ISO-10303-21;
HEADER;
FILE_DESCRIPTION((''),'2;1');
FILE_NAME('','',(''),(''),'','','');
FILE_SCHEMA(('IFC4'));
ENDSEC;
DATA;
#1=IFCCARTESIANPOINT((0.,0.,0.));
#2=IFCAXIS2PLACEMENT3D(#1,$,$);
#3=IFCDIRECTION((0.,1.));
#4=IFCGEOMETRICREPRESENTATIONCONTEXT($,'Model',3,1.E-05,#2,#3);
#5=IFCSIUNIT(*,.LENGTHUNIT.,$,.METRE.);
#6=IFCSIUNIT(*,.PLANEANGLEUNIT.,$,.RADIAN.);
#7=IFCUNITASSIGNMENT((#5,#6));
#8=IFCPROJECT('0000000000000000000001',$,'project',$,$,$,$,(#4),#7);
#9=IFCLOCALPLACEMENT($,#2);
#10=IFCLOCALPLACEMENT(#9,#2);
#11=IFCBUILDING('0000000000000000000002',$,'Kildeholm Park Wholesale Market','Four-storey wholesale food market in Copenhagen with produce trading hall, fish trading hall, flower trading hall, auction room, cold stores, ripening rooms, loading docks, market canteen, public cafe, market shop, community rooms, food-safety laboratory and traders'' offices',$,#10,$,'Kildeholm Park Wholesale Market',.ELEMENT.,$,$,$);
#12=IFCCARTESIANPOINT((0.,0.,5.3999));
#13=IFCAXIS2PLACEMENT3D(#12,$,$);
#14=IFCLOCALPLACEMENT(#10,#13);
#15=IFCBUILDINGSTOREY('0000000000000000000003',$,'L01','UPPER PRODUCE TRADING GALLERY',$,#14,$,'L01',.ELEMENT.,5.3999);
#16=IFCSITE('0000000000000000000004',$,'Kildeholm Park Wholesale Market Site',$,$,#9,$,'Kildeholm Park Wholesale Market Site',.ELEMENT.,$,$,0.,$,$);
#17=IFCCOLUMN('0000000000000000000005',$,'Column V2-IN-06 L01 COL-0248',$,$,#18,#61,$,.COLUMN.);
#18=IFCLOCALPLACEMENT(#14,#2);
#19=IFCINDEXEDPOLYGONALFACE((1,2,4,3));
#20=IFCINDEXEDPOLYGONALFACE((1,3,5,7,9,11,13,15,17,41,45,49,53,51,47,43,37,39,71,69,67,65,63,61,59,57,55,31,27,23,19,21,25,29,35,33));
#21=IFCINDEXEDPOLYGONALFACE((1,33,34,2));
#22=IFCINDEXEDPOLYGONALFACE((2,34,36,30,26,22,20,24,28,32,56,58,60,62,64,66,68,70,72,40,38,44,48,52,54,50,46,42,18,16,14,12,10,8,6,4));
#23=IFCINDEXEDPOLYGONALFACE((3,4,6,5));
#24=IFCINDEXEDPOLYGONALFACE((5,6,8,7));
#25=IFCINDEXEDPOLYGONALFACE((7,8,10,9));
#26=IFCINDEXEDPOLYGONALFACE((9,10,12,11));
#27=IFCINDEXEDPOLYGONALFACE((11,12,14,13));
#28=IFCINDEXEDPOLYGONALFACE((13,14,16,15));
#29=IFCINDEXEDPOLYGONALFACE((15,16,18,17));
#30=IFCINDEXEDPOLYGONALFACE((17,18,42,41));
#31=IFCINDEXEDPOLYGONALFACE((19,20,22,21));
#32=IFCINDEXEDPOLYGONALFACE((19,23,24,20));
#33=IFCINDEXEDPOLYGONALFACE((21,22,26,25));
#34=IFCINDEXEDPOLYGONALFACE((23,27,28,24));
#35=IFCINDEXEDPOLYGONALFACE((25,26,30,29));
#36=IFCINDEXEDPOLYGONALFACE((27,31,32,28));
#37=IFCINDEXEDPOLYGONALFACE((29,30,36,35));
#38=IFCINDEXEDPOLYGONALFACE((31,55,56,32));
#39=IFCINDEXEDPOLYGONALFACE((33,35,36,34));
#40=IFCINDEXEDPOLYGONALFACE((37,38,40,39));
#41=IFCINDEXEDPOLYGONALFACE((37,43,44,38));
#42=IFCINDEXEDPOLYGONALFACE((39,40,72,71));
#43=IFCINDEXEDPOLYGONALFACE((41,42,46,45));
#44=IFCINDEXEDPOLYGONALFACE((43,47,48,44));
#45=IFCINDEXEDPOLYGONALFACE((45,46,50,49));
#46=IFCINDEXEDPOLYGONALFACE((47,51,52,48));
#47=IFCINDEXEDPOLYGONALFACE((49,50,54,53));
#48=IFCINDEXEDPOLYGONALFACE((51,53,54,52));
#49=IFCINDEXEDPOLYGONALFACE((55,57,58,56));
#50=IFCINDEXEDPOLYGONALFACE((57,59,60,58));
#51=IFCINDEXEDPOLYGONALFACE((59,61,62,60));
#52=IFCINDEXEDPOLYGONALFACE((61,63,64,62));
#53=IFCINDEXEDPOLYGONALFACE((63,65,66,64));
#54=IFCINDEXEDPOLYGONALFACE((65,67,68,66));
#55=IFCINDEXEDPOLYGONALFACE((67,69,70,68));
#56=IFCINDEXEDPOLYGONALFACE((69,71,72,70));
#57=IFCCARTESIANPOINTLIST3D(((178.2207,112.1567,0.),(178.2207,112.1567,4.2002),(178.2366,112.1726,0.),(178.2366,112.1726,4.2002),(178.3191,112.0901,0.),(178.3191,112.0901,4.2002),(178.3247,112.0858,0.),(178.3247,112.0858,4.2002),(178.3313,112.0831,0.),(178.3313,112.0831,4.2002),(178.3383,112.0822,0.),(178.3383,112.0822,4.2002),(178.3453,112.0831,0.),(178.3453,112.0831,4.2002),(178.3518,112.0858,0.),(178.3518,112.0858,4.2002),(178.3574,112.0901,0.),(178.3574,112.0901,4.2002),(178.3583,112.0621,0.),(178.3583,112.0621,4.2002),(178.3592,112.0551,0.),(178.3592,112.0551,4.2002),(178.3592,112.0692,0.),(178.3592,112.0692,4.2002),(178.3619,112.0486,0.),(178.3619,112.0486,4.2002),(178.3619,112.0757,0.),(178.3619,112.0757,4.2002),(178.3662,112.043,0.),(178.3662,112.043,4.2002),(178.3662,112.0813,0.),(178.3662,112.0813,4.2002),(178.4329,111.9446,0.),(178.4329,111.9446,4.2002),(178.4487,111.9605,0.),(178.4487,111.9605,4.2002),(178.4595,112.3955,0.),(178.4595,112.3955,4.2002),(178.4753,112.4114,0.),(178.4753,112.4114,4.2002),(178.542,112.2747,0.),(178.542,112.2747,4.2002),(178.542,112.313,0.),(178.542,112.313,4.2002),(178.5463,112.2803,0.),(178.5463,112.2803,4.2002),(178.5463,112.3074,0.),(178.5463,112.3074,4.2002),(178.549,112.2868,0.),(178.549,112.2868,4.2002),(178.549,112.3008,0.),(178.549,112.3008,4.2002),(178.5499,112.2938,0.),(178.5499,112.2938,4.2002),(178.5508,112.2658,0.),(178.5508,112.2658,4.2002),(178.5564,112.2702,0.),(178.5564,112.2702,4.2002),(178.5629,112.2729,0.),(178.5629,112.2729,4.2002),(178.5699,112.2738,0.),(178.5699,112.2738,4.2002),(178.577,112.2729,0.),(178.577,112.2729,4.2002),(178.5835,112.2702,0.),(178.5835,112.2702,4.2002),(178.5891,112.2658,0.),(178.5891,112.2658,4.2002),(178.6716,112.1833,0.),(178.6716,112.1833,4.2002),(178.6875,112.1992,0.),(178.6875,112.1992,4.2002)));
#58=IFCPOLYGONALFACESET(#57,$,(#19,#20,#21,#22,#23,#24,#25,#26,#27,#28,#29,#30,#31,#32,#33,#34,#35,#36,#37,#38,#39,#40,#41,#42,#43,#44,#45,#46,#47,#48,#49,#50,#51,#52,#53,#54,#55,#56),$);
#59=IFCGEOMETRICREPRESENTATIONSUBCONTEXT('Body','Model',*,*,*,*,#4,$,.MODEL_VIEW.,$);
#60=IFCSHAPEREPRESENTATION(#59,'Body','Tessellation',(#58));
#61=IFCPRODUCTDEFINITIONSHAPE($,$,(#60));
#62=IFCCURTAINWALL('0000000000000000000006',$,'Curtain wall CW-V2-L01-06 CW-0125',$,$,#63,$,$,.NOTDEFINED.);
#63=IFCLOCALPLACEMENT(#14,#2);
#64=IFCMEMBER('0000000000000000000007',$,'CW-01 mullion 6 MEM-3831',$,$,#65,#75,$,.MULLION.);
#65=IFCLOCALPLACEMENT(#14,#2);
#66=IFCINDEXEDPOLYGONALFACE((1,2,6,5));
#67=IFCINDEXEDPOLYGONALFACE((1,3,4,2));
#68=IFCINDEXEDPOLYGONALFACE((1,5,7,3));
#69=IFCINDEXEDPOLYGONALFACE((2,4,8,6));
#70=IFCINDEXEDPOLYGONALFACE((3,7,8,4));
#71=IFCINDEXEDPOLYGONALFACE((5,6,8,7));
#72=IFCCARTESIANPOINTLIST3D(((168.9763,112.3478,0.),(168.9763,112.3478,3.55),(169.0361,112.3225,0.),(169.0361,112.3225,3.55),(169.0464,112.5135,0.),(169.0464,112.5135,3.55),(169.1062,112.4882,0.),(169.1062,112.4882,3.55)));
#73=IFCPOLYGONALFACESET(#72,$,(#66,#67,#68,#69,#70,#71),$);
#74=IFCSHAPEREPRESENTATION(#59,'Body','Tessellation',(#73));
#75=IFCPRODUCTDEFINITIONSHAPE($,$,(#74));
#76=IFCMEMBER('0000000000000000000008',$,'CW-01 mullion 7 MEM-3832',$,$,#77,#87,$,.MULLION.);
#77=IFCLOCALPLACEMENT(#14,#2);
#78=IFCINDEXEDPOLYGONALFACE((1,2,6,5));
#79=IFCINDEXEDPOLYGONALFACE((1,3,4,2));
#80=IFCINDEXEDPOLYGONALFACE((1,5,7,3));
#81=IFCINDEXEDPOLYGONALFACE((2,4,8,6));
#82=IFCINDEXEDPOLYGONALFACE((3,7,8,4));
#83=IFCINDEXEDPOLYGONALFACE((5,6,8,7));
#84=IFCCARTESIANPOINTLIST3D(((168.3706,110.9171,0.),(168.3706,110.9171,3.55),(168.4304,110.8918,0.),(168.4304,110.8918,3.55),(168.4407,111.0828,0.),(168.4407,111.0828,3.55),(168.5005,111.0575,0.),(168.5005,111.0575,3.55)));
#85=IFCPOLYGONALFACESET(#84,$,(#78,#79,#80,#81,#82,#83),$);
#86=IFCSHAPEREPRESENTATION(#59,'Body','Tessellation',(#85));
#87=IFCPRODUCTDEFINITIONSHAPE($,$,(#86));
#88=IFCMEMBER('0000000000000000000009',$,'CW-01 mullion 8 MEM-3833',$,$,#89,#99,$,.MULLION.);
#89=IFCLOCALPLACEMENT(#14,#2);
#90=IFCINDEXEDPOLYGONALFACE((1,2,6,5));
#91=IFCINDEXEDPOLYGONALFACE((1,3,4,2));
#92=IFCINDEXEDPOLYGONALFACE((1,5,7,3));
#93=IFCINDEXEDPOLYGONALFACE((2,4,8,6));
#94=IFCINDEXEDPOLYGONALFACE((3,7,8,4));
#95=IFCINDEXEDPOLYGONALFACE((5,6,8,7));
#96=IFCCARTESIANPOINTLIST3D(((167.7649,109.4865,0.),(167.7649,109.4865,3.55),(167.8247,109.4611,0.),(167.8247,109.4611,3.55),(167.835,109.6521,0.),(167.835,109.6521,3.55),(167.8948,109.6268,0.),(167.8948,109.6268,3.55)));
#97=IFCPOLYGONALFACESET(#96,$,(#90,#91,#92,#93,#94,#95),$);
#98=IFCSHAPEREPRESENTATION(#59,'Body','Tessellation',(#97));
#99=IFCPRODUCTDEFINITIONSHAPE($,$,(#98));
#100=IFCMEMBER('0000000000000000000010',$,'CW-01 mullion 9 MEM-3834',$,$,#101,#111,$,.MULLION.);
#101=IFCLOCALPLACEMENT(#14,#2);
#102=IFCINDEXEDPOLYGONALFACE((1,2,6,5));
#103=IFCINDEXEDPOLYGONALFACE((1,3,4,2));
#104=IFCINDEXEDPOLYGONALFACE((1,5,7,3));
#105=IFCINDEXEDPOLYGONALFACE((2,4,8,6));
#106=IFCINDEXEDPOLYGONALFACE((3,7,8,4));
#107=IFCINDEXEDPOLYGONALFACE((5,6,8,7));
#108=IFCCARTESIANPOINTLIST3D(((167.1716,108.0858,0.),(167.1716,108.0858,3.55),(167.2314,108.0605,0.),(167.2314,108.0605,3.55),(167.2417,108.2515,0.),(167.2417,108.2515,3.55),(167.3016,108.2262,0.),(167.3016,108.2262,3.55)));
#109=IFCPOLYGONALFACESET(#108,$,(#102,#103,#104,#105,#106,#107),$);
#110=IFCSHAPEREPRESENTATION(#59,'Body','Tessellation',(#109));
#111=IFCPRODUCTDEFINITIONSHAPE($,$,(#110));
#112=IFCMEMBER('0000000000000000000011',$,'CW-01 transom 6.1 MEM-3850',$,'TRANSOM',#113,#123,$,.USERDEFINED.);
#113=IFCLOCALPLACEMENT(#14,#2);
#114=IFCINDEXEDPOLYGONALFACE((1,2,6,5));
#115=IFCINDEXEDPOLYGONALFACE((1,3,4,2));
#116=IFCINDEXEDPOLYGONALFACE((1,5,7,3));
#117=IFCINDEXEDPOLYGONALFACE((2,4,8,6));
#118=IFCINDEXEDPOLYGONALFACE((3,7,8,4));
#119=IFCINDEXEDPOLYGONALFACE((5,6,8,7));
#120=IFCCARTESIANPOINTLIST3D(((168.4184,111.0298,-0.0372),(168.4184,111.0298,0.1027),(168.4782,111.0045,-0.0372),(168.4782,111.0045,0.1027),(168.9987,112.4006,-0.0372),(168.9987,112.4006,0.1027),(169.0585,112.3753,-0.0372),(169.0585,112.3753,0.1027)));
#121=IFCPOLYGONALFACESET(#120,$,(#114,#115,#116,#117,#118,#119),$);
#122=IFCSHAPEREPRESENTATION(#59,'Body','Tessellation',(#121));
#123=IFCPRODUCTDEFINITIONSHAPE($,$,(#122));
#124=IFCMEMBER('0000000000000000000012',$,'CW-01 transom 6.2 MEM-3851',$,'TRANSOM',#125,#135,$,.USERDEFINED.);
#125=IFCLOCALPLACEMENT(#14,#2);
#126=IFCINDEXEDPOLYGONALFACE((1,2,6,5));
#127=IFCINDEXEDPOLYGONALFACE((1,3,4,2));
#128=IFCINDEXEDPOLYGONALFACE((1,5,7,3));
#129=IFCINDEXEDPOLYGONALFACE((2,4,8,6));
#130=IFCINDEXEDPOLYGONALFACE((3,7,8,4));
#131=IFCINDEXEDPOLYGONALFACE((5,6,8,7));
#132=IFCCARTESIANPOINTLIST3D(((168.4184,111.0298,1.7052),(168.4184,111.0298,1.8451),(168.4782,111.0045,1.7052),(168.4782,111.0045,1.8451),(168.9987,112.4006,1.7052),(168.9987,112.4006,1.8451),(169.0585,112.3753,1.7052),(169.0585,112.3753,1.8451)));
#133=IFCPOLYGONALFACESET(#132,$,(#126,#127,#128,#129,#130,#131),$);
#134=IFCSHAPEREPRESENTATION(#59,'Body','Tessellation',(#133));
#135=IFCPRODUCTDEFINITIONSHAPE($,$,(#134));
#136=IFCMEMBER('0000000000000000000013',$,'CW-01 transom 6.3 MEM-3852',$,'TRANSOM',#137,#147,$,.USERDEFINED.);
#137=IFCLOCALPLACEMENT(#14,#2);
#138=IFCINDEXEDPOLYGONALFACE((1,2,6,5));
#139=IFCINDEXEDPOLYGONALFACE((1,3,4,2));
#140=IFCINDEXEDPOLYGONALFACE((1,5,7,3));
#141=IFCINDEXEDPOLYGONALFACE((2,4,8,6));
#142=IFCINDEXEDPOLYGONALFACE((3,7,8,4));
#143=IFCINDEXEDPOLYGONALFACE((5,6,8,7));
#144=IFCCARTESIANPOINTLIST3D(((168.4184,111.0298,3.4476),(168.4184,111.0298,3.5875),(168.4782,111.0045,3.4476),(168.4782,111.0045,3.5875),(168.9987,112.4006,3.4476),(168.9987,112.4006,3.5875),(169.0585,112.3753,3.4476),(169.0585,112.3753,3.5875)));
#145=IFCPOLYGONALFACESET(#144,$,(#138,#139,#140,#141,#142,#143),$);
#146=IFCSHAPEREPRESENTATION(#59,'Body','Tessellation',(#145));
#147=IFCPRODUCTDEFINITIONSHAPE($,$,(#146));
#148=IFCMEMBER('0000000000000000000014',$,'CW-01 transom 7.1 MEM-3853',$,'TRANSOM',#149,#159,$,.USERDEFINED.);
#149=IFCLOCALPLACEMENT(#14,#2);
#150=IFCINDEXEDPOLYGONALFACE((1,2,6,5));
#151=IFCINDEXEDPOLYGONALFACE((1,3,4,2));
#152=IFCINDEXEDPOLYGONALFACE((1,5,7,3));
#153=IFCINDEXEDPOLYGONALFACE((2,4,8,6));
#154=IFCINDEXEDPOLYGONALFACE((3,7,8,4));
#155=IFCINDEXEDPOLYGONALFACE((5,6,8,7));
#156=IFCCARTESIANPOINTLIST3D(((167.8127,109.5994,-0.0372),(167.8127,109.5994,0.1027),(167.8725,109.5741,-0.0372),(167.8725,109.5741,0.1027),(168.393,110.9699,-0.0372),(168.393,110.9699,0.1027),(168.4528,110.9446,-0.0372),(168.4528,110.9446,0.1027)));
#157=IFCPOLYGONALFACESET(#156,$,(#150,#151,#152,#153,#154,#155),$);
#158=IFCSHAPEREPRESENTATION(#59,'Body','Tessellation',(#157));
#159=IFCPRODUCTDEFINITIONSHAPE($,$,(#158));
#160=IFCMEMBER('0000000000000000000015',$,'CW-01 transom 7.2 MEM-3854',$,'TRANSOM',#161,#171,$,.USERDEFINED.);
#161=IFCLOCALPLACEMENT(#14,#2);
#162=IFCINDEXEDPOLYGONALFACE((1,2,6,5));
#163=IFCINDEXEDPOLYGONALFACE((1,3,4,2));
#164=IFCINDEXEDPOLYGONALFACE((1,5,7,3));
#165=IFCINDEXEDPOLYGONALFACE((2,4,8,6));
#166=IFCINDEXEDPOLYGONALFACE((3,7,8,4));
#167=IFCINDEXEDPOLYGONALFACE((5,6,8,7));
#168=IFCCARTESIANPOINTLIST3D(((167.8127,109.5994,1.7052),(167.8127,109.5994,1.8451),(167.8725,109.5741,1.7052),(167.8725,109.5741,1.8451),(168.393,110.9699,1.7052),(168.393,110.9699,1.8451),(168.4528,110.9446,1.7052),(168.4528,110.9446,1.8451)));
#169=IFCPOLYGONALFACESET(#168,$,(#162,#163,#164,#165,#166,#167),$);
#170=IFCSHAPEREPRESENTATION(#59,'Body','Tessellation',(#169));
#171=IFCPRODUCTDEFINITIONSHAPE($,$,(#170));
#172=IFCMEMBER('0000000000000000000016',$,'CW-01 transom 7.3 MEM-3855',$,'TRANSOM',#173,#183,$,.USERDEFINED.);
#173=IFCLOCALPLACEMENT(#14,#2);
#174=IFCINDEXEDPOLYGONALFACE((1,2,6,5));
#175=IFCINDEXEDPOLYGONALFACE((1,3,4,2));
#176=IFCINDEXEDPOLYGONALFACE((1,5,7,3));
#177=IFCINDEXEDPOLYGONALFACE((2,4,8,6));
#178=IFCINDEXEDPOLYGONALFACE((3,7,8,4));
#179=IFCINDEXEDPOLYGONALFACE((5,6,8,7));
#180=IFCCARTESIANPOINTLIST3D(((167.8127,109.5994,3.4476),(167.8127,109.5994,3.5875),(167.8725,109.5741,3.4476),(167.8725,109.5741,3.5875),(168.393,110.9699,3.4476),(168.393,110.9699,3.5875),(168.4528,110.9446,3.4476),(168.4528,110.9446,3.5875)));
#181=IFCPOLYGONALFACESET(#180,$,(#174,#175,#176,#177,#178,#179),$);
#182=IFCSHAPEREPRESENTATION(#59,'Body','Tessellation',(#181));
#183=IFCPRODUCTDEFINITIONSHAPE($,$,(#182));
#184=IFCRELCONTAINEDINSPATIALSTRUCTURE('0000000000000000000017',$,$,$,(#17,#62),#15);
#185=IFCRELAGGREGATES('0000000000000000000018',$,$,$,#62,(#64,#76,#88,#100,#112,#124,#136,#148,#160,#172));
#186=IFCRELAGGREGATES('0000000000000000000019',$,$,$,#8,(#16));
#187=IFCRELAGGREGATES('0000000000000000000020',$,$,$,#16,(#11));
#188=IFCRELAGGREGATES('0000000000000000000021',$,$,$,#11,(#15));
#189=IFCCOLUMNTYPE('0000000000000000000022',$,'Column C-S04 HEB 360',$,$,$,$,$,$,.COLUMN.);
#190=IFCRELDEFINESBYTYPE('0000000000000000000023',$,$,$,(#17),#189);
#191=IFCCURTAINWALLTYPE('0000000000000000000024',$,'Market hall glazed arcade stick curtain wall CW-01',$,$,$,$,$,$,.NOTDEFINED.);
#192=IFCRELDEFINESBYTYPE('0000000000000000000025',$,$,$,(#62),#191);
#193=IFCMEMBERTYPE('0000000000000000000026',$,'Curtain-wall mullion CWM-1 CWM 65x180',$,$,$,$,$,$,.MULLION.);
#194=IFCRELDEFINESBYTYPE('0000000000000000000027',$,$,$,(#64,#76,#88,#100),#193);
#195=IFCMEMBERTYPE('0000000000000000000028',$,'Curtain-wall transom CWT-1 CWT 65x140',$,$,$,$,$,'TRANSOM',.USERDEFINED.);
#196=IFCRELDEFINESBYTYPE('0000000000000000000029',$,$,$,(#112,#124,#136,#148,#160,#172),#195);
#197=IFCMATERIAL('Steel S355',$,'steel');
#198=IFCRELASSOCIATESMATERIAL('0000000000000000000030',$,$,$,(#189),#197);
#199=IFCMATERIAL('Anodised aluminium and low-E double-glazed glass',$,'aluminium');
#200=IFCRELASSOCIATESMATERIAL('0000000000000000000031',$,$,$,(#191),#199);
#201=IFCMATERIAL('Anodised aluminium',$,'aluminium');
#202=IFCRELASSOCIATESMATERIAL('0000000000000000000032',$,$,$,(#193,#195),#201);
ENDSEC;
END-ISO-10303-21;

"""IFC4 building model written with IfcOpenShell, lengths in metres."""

from ifc_helpers import new_model, si_unit, direction, frame, origin, origin_2d, place, context, subcontext, project, spatial, rectangle, i_section, extrude, material, material_profile, profile_set, type_object, element, aggregate, save


model = new_model("IFC4")

# Units and contexts
model_context = context("Model", 3, precision=1e-05, world=origin(), true_north=direction((0.0, 1.0)))
body_context = subcontext(model_context, "Body", "Model", "MODEL_VIEW")
ifc_project = project(units=[si_unit("LENGTHUNIT", "METRE"), si_unit("PLANEANGLEUNIT", "RADIAN")], contexts=[model_context])

# Site, building, storey
site_placement = place(None, origin())
site = spatial("IfcSite", under=ifc_project, at=site_placement, Name="Kildeholm Park Wholesale Market Site", LongName="Kildeholm Park Wholesale Market Site", CompositionType="ELEMENT", RefElevation=0.0)
building_placement = place(site_placement, origin())
building = spatial("IfcBuilding", under=site, at=building_placement, Name="Kildeholm Park Wholesale Market", Description="Four-storey wholesale food market in Copenhagen with produce trading hall, fish trading hall, flower trading hall, auction room, cold stores, ripening rooms, loading docks, market canteen, public cafe, market shop, community rooms, food-safety laboratory and traders' offices", LongName="Kildeholm Park Wholesale Market", CompositionType="ELEMENT")
storey_placement = place(building_placement, frame((0.0, 0.0, 5.3999)))
storey = spatial("IfcBuildingStorey", under=building, at=storey_placement, Name="L01", Description="UPPER PRODUCE TRADING GALLERY", LongName="L01", CompositionType="ELEMENT", Elevation=5.3999)

# Column
ifc_material_1 = material(Name="Steel S355", Category="steel")
ifc_material_profile_1 = material_profile(ifc_material_1, i_section(OverallWidth=0.3, OverallDepth=0.3601, WebThickness=0.0125, FlangeThickness=0.0225, FilletRadius=0.0271, at=origin_2d()), Name="HEB 360")
ifc_profile_set_1 = profile_set([ifc_material_profile_1], Name="Steel S355")
column_type = type_object("IfcColumnType", Name="Column C-S04 HEB 360", PredefinedType="COLUMN", material=ifc_profile_set_1)
column_placement = place(storey_placement, frame((178.4541, 112.178, 0.0), z_axis=(0.0, 0.0, 1.0), x_axis=(-0.707107, 0.707107, 0.0)))
element("IfcColumn", 1, at=column_placement, inside=storey, type_object=column_type, Name="Column V2-IN-06 L01 COL-0248", PredefinedType="COLUMN", context=body_context, shape_type="SweptSolid", body=[
    extrude(i_section(OverallWidth=0.3, OverallDepth=0.3601, WebThickness=0.0125, FlangeThickness=0.0225, FilletRadius=0.0271, at=origin_2d()), origin(), (0.0, 0.0, 1.0), 4.2002),
])

# Curtain wall, members
ifc_material_2 = material(Name="Anodised aluminium and low-E double-glazed glass", Category="aluminium")
curtain_wall_type = type_object("IfcCurtainWallType", Name="Market hall glazed arcade stick curtain wall CW-01", PredefinedType="NOTDEFINED", material=ifc_material_2)
curtain_wall_placement = place(storey_placement, origin())
curtain_wall = element("IfcCurtainWall", 2, at=curtain_wall_placement, inside=storey, type_object=curtain_wall_type, Name="Curtain wall CW-V2-L01-06 CW-0125", PredefinedType="NOTDEFINED")
ifc_material_3 = material(Name="Anodised aluminium", Category="aluminium")
ifc_material_profile_2 = material_profile(ifc_material_3, rectangle(XDim=0.0649, YDim=0.1799, at=origin_2d()), Name="CWM 65x180")
ifc_profile_set_2 = profile_set([ifc_material_profile_2], Name="Anodised aluminium")
member_type_1 = type_object("IfcMemberType", Name="Curtain-wall mullion CWM-1 CWM 65x180", PredefinedType="MULLION", material=ifc_profile_set_2)
member_1_placement = place(storey_placement, frame((169.0413, 112.418, 0.0), z_axis=(0.0, 0.0, 1.0), x_axis=(0.920855, -0.389905, 0.0)))
member_1 = element("IfcMember", 3, at=member_1_placement, type_object=member_type_1, Name="CW-01 mullion 6 MEM-3831", PredefinedType="MULLION", context=body_context, shape_type="SweptSolid", body=[
    extrude(rectangle(XDim=0.0649, YDim=0.1799, at=origin_2d()), origin(), (0.0, 0.0, 1.0), 3.55),
])
member_2_placement = place(storey_placement, frame((168.4355, 110.9873, 0.0), z_axis=(0.0, 0.0, 1.0), x_axis=(0.920855, -0.389905, 0.0)))
member_2 = element("IfcMember", 4, at=member_2_placement, type_object=member_type_1, Name="CW-01 mullion 7 MEM-3832", PredefinedType="MULLION", context=body_context, shape_type="SweptSolid", body=[
    extrude(rectangle(XDim=0.0649, YDim=0.1799, at=origin_2d()), origin(), (0.0, 0.0, 1.0), 3.55),
])
member_3_placement = place(storey_placement, frame((167.8298, 109.5566, 0.0), z_axis=(0.0, 0.0, 1.0), x_axis=(0.920855, -0.389905, 0.0)))
member_3 = element("IfcMember", 5, at=member_3_placement, type_object=member_type_1, Name="CW-01 mullion 8 MEM-3833", PredefinedType="MULLION", context=body_context, shape_type="SweptSolid", body=[
    extrude(rectangle(XDim=0.0649, YDim=0.1799, at=origin_2d()), origin(), (0.0, 0.0, 1.0), 3.55),
])
member_4_placement = place(storey_placement, frame((167.2366, 108.156, 0.0), z_axis=(0.0, 0.0, 1.0), x_axis=(0.920855, -0.389905, 0.0)))
member_4 = element("IfcMember", 6, at=member_4_placement, type_object=member_type_1, Name="CW-01 mullion 9 MEM-3834", PredefinedType="MULLION", context=body_context, shape_type="SweptSolid", body=[
    extrude(rectangle(XDim=0.0649, YDim=0.1799, at=origin_2d()), origin(), (0.0, 0.0, 1.0), 3.55),
])
ifc_material_profile_3 = material_profile(ifc_material_3, rectangle(XDim=0.0649, YDim=0.1399, at=origin_2d()), Name="CWT 65x140")
ifc_profile_set_3 = profile_set([ifc_material_profile_3], Name="Anodised aluminium")
member_type_2 = type_object("IfcMemberType", Name="Curtain-wall transom CWT-1 CWT 65x140", ElementType="TRANSOM", PredefinedType="USERDEFINED", material=ifc_profile_set_3)
member_5_placement = place(storey_placement, frame((169.0286, 112.3879, 0.0327), z_axis=(-0.389838, -0.920883, 0.0), x_axis=(0.920883, -0.389838, 0.0)))
member_5 = element("IfcMember", 7, at=member_5_placement, type_object=member_type_2, Name="CW-01 transom 6.1 MEM-3850", ObjectType="TRANSOM", PredefinedType="USERDEFINED", context=body_context, shape_type="SweptSolid", body=[
    extrude(rectangle(XDim=0.0649, YDim=0.1399, at=origin_2d()), origin(), (0.0, 0.0, 1.0), 1.4885),
])
member_6_placement = place(storey_placement, frame((169.0286, 112.3879, 1.7751), z_axis=(-0.389838, -0.920883, 0.0), x_axis=(0.920883, -0.389838, 0.0)))
member_6 = element("IfcMember", 8, at=member_6_placement, type_object=member_type_2, Name="CW-01 transom 6.2 MEM-3851", ObjectType="TRANSOM", PredefinedType="USERDEFINED", context=body_context, shape_type="SweptSolid", body=[
    extrude(rectangle(XDim=0.0649, YDim=0.1399, at=origin_2d()), origin(), (0.0, 0.0, 1.0), 1.4885),
])
member_7_placement = place(storey_placement, frame((169.0286, 112.3879, 3.5176), z_axis=(-0.389838, -0.920883, 0.0), x_axis=(0.920883, -0.389838, 0.0)))
member_7 = element("IfcMember", 9, at=member_7_placement, type_object=member_type_2, Name="CW-01 transom 6.3 MEM-3852", ObjectType="TRANSOM", PredefinedType="USERDEFINED", context=body_context, shape_type="SweptSolid", body=[
    extrude(rectangle(XDim=0.0649, YDim=0.1399, at=origin_2d()), origin(), (0.0, 0.0, 1.0), 1.4885),
])
member_8_placement = place(storey_placement, frame((168.4229, 110.9573, 0.0327), z_axis=(-0.389897, -0.920859, 0.0), x_axis=(0.920859, -0.389897, 0.0)))
member_8 = element("IfcMember", 10, at=member_8_placement, type_object=member_type_2, Name="CW-01 transom 7.1 MEM-3853", ObjectType="TRANSOM", PredefinedType="USERDEFINED", context=body_context, shape_type="SweptSolid", body=[
    extrude(rectangle(XDim=0.0649, YDim=0.1399, at=origin_2d()), origin(), (0.0, 0.0, 1.0), 1.4883),
])
member_9_placement = place(storey_placement, frame((168.4229, 110.9573, 1.7751), z_axis=(-0.389897, -0.920859, 0.0), x_axis=(0.920859, -0.389897, 0.0)))
member_9 = element("IfcMember", 11, at=member_9_placement, type_object=member_type_2, Name="CW-01 transom 7.2 MEM-3854", ObjectType="TRANSOM", PredefinedType="USERDEFINED", context=body_context, shape_type="SweptSolid", body=[
    extrude(rectangle(XDim=0.0649, YDim=0.1399, at=origin_2d()), origin(), (0.0, 0.0, 1.0), 1.4883),
])
member_10_placement = place(storey_placement, frame((168.4229, 110.9573, 3.5176), z_axis=(-0.389897, -0.920859, 0.0), x_axis=(0.920859, -0.389897, 0.0)))
member_10 = element("IfcMember", 12, at=member_10_placement, type_object=member_type_2, Name="CW-01 transom 7.3 MEM-3855", ObjectType="TRANSOM", PredefinedType="USERDEFINED", context=body_context, shape_type="SweptSolid", body=[
    extrude(rectangle(XDim=0.0649, YDim=0.1399, at=origin_2d()), origin(), (0.0, 0.0, 1.0), 1.4883),
])
aggregate(curtain_wall, [member_1, member_2, member_3, member_4, member_5, member_6, member_7, member_8, member_9, member_10])

save(model, "model.ifc")
